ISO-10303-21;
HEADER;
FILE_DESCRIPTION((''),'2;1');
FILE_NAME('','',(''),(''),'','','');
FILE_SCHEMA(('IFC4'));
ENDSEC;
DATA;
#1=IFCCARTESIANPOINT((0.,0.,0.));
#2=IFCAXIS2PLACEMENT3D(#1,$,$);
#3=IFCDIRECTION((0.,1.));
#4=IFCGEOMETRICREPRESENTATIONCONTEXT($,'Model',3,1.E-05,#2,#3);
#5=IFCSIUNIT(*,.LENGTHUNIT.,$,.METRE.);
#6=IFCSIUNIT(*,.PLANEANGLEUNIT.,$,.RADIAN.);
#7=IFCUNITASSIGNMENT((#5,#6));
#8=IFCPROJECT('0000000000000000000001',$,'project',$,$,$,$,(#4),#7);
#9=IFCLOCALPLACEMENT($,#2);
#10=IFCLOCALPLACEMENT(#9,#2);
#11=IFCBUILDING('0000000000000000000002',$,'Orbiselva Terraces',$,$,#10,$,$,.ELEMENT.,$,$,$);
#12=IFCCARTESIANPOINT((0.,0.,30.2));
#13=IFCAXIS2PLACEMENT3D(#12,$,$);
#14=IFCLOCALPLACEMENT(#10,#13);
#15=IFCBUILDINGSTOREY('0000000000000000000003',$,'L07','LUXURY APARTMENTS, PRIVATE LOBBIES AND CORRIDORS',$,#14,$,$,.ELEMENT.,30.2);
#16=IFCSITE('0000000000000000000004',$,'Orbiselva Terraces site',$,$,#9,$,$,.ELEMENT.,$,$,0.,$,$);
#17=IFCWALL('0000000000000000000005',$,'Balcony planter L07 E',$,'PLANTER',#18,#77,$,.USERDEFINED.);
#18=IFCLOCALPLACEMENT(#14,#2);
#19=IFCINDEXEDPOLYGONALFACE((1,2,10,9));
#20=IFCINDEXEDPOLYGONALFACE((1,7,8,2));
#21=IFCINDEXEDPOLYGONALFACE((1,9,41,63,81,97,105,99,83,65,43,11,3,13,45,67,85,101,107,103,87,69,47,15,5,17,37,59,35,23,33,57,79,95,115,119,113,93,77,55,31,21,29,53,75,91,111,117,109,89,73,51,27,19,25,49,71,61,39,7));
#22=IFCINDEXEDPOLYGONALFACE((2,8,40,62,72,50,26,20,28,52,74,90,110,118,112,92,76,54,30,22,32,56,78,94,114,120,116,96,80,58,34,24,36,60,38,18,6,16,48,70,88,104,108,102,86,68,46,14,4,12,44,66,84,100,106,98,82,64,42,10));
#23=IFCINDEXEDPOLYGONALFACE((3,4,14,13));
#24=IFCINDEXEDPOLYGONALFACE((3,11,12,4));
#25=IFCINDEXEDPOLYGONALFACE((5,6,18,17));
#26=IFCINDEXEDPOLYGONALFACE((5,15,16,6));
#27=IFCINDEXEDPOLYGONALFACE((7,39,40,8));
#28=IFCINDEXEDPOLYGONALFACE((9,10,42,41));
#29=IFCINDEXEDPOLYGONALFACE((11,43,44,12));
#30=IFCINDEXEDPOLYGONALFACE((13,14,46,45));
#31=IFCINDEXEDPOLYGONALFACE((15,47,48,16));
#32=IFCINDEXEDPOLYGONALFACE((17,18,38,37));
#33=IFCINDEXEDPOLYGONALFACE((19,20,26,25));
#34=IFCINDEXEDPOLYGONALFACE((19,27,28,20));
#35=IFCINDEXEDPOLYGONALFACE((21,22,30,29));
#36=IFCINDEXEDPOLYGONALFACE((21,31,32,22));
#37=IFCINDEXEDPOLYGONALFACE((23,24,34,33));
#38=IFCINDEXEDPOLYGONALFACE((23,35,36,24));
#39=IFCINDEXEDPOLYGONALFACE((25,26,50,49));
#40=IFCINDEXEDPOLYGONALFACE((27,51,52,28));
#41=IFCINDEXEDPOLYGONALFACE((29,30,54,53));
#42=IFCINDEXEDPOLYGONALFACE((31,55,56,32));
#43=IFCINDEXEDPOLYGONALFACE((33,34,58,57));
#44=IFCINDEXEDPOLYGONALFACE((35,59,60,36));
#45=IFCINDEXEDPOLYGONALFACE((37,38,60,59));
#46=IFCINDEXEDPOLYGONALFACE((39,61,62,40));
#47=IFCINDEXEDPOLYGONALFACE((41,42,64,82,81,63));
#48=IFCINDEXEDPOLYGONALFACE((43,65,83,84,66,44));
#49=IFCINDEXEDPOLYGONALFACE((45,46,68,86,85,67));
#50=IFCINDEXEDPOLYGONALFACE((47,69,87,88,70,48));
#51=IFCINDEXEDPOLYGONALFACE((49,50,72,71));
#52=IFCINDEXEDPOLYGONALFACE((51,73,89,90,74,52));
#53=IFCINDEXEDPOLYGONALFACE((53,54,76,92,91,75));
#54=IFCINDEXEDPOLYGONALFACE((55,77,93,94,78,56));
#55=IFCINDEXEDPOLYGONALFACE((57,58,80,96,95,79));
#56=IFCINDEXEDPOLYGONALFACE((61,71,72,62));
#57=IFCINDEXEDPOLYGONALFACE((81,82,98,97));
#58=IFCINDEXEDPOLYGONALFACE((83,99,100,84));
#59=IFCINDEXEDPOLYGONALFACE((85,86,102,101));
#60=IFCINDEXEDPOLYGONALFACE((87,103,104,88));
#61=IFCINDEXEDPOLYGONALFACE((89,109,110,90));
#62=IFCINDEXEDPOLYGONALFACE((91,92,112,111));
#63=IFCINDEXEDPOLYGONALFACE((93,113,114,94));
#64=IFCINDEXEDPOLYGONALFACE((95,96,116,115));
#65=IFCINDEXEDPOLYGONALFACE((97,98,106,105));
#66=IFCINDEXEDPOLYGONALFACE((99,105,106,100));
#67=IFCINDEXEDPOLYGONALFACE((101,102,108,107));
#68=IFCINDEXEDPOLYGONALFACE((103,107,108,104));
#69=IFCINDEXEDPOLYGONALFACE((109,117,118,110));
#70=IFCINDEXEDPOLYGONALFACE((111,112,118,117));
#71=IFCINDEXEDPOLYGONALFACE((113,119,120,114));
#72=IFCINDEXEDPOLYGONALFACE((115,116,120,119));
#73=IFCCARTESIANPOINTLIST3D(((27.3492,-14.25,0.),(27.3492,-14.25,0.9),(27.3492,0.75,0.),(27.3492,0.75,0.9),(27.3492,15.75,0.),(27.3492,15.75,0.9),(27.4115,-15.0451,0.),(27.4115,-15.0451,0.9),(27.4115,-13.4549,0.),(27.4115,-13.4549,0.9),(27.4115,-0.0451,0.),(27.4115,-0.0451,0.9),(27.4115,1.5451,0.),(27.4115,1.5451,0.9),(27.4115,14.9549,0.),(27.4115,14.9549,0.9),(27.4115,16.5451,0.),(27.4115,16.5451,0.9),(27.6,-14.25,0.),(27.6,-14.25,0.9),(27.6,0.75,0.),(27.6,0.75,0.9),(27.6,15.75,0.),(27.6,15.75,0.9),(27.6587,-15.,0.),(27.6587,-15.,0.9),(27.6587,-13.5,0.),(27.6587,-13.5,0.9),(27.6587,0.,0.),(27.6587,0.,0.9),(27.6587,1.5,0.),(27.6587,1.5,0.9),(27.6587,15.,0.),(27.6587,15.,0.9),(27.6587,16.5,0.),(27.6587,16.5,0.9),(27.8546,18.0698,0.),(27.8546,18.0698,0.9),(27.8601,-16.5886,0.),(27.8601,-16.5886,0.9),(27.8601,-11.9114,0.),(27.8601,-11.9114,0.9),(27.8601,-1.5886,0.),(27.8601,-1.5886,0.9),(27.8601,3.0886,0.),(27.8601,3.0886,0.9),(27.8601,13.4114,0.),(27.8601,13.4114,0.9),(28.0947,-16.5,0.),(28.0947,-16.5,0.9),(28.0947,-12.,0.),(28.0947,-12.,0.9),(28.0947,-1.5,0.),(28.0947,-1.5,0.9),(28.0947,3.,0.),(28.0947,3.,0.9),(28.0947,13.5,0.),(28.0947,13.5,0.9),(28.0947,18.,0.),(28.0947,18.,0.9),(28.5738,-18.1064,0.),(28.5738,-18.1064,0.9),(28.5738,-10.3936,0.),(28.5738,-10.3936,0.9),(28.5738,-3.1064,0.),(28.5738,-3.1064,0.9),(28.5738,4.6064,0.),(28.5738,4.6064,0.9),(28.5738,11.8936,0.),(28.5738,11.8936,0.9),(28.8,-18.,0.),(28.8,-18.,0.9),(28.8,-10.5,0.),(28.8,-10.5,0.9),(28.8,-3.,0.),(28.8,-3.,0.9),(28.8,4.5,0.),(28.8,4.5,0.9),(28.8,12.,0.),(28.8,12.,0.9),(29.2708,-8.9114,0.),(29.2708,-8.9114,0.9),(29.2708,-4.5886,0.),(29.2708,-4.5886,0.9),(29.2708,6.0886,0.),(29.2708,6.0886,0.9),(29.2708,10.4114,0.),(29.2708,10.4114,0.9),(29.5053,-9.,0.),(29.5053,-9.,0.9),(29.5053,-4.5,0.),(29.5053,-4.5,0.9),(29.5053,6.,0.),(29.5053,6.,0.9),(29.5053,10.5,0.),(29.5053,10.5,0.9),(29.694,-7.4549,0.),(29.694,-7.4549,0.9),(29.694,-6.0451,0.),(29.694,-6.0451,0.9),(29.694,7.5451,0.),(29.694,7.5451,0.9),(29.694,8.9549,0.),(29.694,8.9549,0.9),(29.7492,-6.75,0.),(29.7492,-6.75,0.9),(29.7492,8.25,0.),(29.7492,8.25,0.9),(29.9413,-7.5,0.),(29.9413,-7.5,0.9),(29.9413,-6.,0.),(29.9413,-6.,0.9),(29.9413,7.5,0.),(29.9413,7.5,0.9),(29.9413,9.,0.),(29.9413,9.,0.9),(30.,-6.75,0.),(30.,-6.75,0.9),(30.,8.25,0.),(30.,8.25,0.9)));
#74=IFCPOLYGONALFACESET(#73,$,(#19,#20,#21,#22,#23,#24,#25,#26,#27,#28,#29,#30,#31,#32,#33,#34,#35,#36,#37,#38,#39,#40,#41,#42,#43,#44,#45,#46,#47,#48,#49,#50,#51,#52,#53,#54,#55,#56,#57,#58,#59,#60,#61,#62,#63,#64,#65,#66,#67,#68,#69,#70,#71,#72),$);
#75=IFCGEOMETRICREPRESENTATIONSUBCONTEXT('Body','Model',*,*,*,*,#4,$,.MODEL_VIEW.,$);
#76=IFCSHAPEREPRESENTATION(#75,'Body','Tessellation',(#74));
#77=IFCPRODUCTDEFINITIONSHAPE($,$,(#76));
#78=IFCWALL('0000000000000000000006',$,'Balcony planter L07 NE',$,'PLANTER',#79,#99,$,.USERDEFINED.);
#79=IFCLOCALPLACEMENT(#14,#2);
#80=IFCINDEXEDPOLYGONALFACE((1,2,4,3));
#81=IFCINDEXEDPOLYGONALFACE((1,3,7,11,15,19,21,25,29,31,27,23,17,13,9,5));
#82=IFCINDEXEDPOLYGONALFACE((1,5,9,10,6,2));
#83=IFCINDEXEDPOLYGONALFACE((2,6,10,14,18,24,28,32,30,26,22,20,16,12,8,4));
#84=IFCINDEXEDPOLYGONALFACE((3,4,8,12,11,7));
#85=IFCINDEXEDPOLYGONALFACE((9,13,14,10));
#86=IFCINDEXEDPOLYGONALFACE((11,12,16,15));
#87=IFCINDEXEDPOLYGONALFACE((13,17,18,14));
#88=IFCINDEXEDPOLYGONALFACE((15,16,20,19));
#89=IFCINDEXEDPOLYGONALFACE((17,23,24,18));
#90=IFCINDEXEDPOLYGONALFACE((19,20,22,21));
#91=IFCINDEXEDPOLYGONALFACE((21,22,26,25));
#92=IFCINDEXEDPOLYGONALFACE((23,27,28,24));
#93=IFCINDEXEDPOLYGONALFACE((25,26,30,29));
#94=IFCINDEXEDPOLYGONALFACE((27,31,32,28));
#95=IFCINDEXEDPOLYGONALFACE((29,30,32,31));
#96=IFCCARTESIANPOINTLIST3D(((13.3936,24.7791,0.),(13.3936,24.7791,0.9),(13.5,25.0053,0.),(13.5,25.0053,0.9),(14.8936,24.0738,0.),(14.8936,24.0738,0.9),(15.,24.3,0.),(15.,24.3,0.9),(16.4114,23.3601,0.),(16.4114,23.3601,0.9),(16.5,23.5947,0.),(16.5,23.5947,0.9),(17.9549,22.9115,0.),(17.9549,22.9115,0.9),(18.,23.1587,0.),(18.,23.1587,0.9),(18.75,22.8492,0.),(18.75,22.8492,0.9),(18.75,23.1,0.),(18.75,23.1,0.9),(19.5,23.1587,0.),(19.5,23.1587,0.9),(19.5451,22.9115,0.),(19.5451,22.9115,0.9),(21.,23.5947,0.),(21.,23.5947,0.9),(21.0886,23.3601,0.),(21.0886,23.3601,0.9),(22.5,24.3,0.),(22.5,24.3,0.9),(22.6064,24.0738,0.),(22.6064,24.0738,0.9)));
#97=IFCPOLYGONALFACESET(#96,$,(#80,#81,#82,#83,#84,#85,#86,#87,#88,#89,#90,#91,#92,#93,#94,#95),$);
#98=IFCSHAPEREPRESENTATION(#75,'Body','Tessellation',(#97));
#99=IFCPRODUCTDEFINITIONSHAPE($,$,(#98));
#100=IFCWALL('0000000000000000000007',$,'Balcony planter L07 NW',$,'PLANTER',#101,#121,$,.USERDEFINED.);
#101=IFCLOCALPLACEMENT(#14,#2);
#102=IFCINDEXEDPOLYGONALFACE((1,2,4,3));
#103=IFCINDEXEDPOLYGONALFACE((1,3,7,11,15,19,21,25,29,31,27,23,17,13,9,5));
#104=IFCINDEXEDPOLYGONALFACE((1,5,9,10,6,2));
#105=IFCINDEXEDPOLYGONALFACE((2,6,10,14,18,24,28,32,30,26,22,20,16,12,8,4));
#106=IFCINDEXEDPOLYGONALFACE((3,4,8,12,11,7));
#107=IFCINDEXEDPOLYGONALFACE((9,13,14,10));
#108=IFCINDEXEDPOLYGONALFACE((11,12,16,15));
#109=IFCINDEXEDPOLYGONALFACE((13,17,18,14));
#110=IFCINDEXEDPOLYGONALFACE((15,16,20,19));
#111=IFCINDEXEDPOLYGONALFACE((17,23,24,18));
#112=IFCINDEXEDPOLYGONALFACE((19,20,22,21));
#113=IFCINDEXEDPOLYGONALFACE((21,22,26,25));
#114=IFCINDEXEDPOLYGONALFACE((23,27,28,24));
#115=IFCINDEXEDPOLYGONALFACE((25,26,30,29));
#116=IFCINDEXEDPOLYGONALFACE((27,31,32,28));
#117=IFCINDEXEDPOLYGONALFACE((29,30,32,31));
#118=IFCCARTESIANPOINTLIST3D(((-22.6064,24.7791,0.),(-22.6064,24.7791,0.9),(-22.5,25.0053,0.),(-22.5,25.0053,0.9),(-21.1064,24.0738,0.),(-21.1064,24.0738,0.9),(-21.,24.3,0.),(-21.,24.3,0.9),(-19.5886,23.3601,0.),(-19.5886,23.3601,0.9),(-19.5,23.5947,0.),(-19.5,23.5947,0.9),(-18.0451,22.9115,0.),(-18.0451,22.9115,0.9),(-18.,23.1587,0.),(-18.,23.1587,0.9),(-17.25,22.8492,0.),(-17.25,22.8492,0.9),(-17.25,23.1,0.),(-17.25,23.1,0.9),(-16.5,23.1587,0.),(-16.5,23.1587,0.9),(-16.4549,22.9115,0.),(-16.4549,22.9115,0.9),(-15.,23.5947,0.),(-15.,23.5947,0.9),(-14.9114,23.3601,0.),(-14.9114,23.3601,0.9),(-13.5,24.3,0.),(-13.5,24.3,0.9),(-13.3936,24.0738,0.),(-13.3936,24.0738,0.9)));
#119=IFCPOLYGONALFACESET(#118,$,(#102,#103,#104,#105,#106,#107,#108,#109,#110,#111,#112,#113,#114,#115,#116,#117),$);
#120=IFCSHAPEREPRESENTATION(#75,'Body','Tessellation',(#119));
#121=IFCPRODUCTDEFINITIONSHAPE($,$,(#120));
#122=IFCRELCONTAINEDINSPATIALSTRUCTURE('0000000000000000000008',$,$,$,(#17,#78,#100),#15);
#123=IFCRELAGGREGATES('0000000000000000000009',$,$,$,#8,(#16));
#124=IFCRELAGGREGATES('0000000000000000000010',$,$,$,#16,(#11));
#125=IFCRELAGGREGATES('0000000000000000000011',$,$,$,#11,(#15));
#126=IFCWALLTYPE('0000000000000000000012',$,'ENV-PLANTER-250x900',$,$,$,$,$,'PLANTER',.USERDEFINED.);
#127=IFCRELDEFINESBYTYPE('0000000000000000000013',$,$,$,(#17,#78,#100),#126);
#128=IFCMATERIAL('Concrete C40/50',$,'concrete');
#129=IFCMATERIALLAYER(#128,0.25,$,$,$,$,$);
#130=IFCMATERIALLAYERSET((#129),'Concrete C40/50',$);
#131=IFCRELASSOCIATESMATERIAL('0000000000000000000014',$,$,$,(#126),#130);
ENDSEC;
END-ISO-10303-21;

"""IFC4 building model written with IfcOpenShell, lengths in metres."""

from ifc_helpers import new_model, si_unit, direction, frame, origin, place, context, subcontext, project, spatial, polyline, outline, extrude, material, layer, layer_set, type_object, element, save


model = new_model("IFC4")

# Units and contexts
model_context = context("Model", 3, precision=1e-05, world=origin(), true_north=direction((0.0, 1.0)))
body_context = subcontext(model_context, "Body", "Model", "MODEL_VIEW")
ifc_project = project(units=[si_unit("LENGTHUNIT", "METRE"), si_unit("PLANEANGLEUNIT", "RADIAN")], contexts=[model_context])

# Site, building, storey
site_placement = place(None, origin())
site = spatial("IfcSite", under=ifc_project, at=site_placement, Name="Orbiselva Terraces site", CompositionType="ELEMENT", RefElevation=0.0)
building_placement = place(site_placement, origin())
building = spatial("IfcBuilding", under=site, at=building_placement, Name="Orbiselva Terraces", CompositionType="ELEMENT")
storey_placement = place(building_placement, frame((0.0, 0.0, 30.2)))
storey = spatial("IfcBuildingStorey", under=building, at=storey_placement, Name="L07", Description="LUXURY APARTMENTS, PRIVATE LOBBIES AND CORRIDORS", CompositionType="ELEMENT", Elevation=30.2)

# Shared definitions
ifc_material_1 = material(Name="Concrete C40/50", Category="concrete")

# Walls
ifc_layer_1 = layer(ifc_material_1, 0.25)
ifc_layer_set_1 = layer_set([ifc_layer_1], Name="Concrete C40/50")
wall_type_1 = type_object("IfcWallType", Name="ENV-PLANTER-250x900", ElementType="PLANTER", PredefinedType="USERDEFINED", material=ifc_layer_set_1)
wall_1_placement = place(storey_placement, origin())
element("IfcWall", 1, at=wall_1_placement, inside=storey, type_object=wall_type_1, Name="Balcony planter L07 E", ObjectType="PLANTER", PredefinedType="USERDEFINED", context=body_context, shape_type="SweptSolid", body=[
    extrude(outline(polyline([(28.8, -18.0), (28.0947, -16.5), (27.6587, -15.0), (27.6, -14.25), (27.6587, -13.5), (28.0947, -12.0), (28.8, -10.5), (29.5053, -9.0), (29.9413, -7.5), (30.0, -6.75), (29.9413, -6.0), (29.5053, -4.5), (28.8, -3.0), (28.0947, -1.5), (27.6587, 0.0), (27.6, 0.75), (27.6587, 1.5), (28.0947, 3.0), (28.8, 4.5), (29.5053, 6.0), (29.9413, 7.5), (30.0, 8.25), (29.9413, 9.0), (29.5053, 10.5), (28.8, 12.0), (28.0947, 13.5), (27.6587, 15.0), (27.6, 15.75), (27.6587, 16.5), (28.0947, 18.0), (27.8546, 18.0698), (27.4115, 16.5451), (27.3492, 15.75), (27.4115, 14.9549), (27.8601, 13.4114), (28.5738, 11.8936), (29.2708, 10.4114), (29.694, 8.9549), (29.7492, 8.25), (29.694, 7.5451), (29.2708, 6.0886), (28.5738, 4.6064), (27.8601, 3.0886), (27.4115, 1.5451), (27.3492, 0.75), (27.4115, -0.0451), (27.8601, -1.5886), (28.5738, -3.1064), (29.2708, -4.5886), (29.694, -6.0451), (29.7492, -6.75), (29.694, -7.4549), (29.2708, -8.9114), (28.5738, -10.3936), (27.8601, -11.9114), (27.4115, -13.4549), (27.3492, -14.25), (27.4115, -15.0451), (27.8601, -16.5886), (28.5738, -18.1064), (28.8, -18.0)])), origin(), (0.0, 0.0, 1.0), 0.9),
])
wall_2_placement = place(storey_placement, origin())
element("IfcWall", 2, at=wall_2_placement, inside=storey, type_object=wall_type_1, Name="Balcony planter L07 NE", ObjectType="PLANTER", PredefinedType="USERDEFINED", context=body_context, shape_type="SweptSolid", body=[
    extrude(outline(polyline([(22.5, 24.3), (21.0, 23.5947), (19.5, 23.1587), (18.75, 23.1), (18.0, 23.1587), (16.5, 23.5947), (15.0, 24.3), (13.5, 25.0053), (13.3936, 24.7791), (14.8936, 24.0738), (16.4114, 23.3601), (17.9549, 22.9115), (18.75, 22.8492), (19.5451, 22.9115), (21.0886, 23.3601), (22.6064, 24.0738), (22.5, 24.3)])), origin(), (0.0, 0.0, 1.0), 0.9),
])
wall_3_placement = place(storey_placement, origin())
element("IfcWall", 3, at=wall_3_placement, inside=storey, type_object=wall_type_1, Name="Balcony planter L07 NW", ObjectType="PLANTER", PredefinedType="USERDEFINED", context=body_context, shape_type="SweptSolid", body=[
    extrude(outline(polyline([(-13.5, 24.3), (-15.0, 23.5947), (-16.5, 23.1587), (-17.25, 23.1), (-18.0, 23.1587), (-19.5, 23.5947), (-21.0, 24.3), (-22.5, 25.0053), (-22.6064, 24.7791), (-21.1064, 24.0738), (-19.5886, 23.3601), (-18.0451, 22.9115), (-17.25, 22.8492), (-16.4549, 22.9115), (-14.9114, 23.3601), (-13.3936, 24.0738), (-13.5, 24.3)])), origin(), (0.0, 0.0, 1.0), 0.9),
])

save(model, "model.ifc")
